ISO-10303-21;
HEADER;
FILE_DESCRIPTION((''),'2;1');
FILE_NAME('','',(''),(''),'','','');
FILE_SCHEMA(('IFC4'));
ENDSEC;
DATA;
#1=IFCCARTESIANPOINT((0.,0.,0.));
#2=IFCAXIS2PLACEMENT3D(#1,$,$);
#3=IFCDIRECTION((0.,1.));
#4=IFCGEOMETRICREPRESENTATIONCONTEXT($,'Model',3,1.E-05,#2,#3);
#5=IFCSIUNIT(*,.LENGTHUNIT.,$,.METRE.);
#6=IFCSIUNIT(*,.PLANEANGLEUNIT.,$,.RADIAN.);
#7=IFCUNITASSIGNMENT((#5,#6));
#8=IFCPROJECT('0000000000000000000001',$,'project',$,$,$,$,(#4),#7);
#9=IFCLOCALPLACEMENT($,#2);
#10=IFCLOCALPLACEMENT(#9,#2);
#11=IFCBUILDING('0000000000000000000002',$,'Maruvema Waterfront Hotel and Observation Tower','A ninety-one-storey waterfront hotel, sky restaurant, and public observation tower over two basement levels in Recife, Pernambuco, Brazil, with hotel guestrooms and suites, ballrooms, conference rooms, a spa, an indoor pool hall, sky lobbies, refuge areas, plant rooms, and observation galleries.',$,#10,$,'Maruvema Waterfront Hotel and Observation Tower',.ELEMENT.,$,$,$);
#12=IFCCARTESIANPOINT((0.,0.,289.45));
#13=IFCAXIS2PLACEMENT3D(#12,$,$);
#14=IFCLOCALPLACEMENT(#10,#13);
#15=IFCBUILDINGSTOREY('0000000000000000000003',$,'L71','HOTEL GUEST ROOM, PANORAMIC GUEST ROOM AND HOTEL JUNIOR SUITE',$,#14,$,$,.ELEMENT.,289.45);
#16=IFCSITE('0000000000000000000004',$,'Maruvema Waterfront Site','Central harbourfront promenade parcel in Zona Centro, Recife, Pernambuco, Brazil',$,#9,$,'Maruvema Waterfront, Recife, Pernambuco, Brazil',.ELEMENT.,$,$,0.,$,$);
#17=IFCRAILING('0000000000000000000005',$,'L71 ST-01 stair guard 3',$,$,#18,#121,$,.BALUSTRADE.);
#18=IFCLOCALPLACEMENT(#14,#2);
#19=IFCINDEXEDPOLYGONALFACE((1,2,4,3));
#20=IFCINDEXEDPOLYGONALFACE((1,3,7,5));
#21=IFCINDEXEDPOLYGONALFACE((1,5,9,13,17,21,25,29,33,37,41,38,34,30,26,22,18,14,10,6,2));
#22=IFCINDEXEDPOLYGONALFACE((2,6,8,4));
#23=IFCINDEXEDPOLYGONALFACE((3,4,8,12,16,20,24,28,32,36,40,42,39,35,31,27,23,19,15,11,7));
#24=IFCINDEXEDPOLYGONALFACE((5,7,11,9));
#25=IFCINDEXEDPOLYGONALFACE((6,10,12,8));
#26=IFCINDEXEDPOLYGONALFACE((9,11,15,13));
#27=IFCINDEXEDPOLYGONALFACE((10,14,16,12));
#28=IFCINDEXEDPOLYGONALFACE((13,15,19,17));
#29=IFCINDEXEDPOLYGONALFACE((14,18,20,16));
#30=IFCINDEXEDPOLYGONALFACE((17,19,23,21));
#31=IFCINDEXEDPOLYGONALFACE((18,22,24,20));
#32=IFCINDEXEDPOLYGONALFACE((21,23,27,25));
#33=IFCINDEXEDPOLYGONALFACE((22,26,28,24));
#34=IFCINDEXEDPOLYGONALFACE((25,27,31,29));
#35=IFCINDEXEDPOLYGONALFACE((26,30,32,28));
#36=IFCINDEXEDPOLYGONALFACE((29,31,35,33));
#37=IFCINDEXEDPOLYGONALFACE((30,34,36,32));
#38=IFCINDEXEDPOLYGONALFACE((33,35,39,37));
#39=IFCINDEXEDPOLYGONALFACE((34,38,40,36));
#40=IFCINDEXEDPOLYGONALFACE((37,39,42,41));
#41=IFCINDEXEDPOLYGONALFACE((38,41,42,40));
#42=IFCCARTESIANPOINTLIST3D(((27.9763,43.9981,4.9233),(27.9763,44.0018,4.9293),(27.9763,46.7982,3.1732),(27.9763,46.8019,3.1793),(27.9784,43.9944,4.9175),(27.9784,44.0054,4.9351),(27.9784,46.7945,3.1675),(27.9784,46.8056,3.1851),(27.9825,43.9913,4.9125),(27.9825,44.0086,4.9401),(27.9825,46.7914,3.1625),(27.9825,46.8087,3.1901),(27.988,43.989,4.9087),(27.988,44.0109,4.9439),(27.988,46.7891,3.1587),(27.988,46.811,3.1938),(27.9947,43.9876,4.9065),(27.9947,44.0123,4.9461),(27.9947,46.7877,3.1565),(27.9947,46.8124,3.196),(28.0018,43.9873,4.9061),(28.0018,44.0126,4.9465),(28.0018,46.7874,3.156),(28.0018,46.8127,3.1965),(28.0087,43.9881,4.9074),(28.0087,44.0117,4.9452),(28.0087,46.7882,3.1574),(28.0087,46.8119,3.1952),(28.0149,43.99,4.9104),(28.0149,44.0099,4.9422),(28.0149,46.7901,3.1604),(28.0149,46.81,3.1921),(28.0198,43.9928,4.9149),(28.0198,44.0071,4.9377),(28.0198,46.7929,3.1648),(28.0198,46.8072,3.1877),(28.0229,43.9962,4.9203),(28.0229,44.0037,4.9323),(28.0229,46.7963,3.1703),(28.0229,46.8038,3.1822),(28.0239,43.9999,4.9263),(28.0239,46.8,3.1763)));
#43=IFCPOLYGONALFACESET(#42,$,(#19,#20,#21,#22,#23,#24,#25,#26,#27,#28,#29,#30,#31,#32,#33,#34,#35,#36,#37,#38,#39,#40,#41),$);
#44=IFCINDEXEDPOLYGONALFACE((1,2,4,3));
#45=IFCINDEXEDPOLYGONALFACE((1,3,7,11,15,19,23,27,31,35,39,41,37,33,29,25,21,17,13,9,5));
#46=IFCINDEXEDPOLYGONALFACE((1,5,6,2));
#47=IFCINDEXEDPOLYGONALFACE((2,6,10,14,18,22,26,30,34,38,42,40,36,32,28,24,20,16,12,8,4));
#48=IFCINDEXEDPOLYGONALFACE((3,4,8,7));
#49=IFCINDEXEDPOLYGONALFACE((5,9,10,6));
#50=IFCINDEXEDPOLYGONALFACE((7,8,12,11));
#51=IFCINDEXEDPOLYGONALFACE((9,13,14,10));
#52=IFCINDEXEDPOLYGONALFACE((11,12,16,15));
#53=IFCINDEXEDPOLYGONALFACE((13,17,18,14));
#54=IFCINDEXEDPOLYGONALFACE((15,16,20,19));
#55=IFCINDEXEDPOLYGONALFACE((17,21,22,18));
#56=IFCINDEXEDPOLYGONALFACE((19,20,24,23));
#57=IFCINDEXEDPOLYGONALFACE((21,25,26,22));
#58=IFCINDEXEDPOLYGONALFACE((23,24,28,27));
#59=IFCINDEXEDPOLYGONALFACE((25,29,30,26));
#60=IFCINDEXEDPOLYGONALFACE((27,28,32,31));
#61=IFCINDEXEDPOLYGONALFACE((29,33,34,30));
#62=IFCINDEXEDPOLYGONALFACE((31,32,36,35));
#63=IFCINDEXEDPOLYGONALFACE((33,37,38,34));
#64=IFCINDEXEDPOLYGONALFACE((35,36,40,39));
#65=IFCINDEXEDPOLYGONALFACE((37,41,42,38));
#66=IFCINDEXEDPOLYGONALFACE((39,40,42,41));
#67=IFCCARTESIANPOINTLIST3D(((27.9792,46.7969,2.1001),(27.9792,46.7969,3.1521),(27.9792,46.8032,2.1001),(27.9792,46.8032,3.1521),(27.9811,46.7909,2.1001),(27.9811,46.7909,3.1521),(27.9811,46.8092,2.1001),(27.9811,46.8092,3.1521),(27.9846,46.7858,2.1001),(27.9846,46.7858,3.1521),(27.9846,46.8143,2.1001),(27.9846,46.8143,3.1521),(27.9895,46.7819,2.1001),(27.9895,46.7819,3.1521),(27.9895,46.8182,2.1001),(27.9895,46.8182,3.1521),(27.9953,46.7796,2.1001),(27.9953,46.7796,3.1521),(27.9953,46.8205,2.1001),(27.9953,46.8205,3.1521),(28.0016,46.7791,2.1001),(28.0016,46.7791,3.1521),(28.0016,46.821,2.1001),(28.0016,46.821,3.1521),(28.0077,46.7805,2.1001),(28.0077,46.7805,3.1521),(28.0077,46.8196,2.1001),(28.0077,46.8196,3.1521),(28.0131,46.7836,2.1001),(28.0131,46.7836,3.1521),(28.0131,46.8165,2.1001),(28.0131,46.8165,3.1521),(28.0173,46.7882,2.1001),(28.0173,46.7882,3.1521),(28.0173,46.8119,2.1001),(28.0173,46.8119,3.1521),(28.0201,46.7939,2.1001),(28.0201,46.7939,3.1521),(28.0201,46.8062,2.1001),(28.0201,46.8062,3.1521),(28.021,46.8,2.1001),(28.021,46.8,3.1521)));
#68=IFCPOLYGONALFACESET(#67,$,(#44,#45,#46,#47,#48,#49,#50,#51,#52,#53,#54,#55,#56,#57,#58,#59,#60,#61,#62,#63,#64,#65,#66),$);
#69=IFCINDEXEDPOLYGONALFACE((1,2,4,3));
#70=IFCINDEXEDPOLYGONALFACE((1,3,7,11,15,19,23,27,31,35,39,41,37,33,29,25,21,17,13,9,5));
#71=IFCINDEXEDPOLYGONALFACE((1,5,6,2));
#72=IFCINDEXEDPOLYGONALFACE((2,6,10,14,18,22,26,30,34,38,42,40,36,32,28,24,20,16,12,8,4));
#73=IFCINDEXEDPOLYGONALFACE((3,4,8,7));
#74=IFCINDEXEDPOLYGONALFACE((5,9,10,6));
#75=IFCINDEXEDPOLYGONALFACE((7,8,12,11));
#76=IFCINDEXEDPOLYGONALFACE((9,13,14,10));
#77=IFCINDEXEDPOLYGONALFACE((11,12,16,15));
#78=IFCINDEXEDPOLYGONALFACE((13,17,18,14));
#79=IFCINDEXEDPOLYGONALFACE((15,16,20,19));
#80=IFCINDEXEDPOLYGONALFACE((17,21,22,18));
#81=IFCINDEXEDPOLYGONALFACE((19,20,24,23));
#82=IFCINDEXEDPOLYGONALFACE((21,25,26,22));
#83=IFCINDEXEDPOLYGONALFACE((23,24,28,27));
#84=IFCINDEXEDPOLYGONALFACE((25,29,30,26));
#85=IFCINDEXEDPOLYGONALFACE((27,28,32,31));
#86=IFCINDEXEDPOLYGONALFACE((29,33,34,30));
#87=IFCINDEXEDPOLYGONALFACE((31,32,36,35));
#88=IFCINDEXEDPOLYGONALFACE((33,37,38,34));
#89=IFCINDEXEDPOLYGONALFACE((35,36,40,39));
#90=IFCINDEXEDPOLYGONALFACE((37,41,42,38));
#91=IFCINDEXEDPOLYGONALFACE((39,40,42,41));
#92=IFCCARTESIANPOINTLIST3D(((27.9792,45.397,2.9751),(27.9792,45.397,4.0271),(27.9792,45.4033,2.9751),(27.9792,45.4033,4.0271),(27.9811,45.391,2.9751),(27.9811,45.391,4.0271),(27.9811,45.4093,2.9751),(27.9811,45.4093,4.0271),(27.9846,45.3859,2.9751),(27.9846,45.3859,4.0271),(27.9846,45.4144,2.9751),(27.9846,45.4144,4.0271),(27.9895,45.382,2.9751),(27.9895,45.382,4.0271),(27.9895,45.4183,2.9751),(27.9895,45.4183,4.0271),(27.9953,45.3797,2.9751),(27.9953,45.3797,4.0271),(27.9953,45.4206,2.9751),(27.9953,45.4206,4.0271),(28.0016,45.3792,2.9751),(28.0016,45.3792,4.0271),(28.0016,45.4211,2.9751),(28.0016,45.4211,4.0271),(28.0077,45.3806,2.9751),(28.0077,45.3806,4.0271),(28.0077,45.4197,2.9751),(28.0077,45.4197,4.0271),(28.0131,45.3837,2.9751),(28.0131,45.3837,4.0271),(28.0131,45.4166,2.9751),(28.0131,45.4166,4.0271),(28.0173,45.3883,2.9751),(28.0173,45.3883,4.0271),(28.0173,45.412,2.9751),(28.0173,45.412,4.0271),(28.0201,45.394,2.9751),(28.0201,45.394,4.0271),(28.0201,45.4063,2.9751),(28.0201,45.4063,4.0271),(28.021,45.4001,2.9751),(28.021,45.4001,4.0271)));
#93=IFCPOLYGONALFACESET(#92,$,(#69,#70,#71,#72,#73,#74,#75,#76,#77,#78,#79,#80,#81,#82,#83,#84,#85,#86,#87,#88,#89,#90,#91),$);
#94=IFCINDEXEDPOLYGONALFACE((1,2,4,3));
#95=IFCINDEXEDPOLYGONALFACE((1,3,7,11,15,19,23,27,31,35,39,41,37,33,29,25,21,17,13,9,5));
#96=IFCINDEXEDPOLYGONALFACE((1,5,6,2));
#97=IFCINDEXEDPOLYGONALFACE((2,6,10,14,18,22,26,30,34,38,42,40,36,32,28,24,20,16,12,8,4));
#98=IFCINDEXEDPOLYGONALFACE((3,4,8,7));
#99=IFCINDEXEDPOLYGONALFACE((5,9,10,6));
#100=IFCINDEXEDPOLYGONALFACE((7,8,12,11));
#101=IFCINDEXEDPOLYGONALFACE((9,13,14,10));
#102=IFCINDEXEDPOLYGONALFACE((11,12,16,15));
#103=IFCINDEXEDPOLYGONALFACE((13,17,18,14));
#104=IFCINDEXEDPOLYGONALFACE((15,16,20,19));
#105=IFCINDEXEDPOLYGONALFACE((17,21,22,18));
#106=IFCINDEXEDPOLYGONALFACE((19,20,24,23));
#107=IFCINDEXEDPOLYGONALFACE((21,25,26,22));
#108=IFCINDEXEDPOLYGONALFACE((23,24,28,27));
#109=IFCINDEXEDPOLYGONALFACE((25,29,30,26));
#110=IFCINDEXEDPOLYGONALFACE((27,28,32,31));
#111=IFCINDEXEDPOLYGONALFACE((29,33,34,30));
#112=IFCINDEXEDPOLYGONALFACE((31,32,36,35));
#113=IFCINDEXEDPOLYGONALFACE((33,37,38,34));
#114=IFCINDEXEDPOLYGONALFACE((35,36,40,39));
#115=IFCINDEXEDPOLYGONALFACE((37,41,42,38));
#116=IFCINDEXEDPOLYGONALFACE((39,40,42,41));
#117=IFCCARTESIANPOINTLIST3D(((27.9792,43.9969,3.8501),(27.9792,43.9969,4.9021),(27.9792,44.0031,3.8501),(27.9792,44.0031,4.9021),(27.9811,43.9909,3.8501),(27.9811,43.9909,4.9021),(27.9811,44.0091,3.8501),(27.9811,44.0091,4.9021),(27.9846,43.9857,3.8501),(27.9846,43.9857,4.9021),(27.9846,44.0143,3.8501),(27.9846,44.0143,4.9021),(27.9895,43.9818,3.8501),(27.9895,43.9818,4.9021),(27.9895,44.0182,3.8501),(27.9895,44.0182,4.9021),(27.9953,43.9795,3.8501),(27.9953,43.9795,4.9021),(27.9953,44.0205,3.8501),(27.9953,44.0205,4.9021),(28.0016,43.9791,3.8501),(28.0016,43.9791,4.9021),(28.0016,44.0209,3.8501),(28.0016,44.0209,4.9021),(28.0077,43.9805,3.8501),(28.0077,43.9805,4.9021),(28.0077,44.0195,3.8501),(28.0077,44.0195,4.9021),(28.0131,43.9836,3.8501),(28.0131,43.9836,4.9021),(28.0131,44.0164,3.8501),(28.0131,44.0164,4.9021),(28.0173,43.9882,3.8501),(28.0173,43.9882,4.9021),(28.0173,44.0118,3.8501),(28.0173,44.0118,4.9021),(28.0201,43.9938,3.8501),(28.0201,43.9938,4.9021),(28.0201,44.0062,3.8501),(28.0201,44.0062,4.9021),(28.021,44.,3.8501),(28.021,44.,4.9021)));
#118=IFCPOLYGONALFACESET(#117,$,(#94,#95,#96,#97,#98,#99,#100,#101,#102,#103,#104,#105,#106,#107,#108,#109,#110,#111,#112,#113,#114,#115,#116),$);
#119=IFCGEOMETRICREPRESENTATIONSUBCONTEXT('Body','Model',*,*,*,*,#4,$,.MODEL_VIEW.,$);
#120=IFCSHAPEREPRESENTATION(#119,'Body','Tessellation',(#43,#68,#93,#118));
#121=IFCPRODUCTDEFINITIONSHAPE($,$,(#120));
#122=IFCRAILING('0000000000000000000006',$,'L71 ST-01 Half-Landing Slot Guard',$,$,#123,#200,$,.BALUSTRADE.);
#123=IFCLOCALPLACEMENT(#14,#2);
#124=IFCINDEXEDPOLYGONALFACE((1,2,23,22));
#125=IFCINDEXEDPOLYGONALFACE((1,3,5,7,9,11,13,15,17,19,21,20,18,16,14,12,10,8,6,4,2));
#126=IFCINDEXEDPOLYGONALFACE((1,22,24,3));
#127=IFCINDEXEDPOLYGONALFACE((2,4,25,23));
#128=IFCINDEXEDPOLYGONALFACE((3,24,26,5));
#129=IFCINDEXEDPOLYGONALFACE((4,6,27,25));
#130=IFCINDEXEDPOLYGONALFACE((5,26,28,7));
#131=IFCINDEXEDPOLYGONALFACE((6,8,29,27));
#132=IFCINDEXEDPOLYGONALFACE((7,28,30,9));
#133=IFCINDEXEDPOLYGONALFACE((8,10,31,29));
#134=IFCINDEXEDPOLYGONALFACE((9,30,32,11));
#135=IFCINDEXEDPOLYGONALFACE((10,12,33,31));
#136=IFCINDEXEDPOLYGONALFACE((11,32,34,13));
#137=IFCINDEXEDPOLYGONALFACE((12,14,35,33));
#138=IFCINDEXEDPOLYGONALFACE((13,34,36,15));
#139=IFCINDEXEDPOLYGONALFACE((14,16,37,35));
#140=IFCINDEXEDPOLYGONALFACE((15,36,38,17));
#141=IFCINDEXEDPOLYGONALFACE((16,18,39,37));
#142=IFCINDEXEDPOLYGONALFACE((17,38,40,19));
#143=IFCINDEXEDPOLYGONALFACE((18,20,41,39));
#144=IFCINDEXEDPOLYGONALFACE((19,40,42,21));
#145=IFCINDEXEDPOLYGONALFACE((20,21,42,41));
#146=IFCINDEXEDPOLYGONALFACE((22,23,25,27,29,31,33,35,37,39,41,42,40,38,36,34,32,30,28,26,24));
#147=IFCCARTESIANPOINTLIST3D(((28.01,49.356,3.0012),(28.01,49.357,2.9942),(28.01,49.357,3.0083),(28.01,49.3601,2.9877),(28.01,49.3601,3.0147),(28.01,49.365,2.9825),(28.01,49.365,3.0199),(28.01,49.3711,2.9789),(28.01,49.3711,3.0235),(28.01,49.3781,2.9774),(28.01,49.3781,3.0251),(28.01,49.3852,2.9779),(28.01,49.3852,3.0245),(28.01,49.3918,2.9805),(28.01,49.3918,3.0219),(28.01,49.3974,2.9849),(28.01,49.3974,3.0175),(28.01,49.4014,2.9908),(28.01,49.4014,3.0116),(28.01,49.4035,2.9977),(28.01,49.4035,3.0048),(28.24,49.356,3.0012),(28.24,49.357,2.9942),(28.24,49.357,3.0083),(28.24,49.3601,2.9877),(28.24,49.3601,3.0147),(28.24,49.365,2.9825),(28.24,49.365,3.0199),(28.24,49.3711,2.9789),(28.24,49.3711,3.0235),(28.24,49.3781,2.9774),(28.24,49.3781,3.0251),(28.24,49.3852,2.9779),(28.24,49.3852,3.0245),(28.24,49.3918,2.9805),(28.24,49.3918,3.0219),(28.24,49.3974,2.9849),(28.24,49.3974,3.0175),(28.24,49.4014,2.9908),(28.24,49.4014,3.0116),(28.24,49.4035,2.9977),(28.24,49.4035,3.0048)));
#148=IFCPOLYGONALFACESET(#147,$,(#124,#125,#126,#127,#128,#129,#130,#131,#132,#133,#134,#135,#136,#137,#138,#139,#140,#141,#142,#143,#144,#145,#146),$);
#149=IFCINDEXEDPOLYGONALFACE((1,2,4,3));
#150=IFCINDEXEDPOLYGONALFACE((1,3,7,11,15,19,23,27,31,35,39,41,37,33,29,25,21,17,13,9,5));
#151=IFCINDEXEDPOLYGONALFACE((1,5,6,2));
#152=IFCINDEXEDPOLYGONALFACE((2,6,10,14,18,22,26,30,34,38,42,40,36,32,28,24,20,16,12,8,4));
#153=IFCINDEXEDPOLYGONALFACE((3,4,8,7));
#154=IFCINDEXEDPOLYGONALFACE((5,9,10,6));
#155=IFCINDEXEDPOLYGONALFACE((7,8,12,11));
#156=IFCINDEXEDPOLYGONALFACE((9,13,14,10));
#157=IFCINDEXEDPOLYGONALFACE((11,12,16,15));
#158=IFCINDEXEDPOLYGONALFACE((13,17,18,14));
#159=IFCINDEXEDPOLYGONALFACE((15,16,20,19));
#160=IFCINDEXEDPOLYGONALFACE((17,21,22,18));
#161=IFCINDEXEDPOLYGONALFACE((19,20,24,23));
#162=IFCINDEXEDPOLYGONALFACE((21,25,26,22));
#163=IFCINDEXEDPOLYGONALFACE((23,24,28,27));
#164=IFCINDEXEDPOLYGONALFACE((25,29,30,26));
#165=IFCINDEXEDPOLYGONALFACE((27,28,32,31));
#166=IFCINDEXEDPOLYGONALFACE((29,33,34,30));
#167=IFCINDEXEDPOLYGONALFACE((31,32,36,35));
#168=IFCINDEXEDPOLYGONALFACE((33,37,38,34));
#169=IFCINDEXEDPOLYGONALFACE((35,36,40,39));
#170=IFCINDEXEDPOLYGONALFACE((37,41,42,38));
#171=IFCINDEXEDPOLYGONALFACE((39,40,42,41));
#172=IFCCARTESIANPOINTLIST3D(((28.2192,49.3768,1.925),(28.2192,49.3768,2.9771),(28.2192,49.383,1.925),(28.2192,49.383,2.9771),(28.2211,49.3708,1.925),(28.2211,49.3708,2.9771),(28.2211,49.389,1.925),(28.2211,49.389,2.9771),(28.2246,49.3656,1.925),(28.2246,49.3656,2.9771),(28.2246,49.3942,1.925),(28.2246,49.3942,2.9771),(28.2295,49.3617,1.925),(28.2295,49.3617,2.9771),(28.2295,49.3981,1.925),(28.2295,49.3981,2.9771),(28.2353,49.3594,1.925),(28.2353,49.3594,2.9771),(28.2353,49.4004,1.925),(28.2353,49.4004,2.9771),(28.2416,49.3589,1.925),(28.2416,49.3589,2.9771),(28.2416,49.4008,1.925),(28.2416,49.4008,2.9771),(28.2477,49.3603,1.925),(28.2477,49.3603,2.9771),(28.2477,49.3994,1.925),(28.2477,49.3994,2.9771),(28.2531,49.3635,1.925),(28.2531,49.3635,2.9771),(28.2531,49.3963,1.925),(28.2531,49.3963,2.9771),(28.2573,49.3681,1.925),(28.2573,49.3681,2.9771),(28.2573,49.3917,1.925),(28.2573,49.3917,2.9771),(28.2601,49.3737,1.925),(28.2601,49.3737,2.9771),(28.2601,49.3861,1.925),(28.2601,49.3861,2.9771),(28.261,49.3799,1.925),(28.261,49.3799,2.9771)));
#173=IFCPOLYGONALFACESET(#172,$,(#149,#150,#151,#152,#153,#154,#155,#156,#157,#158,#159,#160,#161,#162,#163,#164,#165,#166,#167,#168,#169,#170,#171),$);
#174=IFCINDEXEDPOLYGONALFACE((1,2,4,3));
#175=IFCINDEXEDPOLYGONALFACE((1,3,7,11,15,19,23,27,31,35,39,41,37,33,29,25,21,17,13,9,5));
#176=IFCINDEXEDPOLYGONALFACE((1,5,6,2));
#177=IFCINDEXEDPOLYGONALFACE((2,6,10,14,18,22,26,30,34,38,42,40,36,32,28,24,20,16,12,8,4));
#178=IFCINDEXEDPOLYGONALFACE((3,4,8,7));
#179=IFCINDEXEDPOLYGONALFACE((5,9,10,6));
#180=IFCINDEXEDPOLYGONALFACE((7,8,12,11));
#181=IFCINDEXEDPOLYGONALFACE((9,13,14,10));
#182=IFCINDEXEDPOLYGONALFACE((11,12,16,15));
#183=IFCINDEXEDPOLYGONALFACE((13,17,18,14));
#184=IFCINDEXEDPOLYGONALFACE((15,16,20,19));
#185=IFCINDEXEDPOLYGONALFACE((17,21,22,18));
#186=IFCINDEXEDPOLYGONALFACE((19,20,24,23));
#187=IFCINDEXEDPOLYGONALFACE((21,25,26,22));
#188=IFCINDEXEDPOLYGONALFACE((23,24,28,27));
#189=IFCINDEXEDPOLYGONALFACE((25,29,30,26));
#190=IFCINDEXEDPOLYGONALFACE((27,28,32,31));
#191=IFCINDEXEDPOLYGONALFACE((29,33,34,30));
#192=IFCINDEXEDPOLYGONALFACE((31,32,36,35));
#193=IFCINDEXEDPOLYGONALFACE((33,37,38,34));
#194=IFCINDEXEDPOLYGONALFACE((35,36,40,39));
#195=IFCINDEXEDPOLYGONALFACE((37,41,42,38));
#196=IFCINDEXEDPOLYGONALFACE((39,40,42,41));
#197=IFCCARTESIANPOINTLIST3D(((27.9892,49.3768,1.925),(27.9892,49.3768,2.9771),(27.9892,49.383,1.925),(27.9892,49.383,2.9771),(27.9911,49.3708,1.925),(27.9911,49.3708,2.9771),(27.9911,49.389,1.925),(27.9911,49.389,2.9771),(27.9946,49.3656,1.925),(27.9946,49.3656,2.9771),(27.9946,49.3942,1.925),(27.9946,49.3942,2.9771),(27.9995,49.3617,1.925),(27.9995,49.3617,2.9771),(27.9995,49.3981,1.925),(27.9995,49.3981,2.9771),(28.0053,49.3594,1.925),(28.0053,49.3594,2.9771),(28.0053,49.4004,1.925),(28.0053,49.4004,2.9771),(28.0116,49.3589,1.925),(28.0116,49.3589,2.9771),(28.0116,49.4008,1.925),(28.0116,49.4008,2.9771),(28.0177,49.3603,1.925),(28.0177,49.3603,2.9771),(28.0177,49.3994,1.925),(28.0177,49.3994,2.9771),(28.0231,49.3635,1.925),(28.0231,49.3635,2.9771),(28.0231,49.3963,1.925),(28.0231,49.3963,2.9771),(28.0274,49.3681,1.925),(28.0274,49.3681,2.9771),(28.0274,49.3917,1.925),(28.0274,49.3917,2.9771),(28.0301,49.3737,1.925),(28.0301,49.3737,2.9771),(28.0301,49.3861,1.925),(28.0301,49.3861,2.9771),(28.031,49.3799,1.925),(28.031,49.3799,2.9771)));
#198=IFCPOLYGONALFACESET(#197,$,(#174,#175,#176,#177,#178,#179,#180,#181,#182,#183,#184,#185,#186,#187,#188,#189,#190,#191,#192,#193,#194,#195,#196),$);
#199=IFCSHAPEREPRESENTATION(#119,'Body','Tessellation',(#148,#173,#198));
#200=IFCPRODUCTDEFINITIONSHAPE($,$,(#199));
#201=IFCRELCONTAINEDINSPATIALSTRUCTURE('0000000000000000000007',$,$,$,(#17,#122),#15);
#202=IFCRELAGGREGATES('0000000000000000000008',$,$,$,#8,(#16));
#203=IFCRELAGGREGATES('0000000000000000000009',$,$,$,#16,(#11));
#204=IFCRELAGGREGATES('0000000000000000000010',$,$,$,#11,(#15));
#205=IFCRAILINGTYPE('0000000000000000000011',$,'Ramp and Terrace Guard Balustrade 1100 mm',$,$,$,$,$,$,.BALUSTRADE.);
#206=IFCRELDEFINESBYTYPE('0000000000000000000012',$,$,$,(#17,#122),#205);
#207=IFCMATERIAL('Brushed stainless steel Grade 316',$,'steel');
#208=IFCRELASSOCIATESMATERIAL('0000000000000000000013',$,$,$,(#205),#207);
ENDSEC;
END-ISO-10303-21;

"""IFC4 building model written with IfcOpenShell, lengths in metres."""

from ifc_helpers import new_model, si_unit, direction, frame, origin, origin_2d, place, context, subcontext, project, spatial, circle, extrude, material, type_object, element, save


model = new_model("IFC4")

# Units and contexts
model_context = context("Model", 3, precision=1e-05, world=origin(), true_north=direction((0.0, 1.0)))
body_context = subcontext(model_context, "Body", "Model", "MODEL_VIEW")
ifc_project = project(units=[si_unit("LENGTHUNIT", "METRE"), si_unit("PLANEANGLEUNIT", "RADIAN")], contexts=[model_context])

# Site, building, storey
site_placement = place(None, origin())
site = spatial("IfcSite", under=ifc_project, at=site_placement, Name="Maruvema Waterfront Site", Description="Central harbourfront promenade parcel in Zona Centro, Recife, Pernambuco, Brazil", LongName="Maruvema Waterfront, Recife, Pernambuco, Brazil", CompositionType="ELEMENT", RefElevation=0.0)
building_placement = place(site_placement, origin())
building = spatial("IfcBuilding", under=site, at=building_placement, Name="Maruvema Waterfront Hotel and Observation Tower", Description="A ninety-one-storey waterfront hotel, sky restaurant, and public observation tower over two basement levels in Recife, Pernambuco, Brazil, with hotel guestrooms and suites, ballrooms, conference rooms, a spa, an indoor pool hall, sky lobbies, refuge areas, plant rooms, and observation galleries.", LongName="Maruvema Waterfront Hotel and Observation Tower", CompositionType="ELEMENT")
storey_placement = place(building_placement, frame((0.0, 0.0, 289.45)))
storey = spatial("IfcBuildingStorey", under=building, at=storey_placement, Name="L71", Description="HOTEL GUEST ROOM, PANORAMIC GUEST ROOM AND HOTEL JUNIOR SUITE", CompositionType="ELEMENT", Elevation=289.45)

# Railings
ifc_material_1 = material(Name="Brushed stainless steel Grade 316", Category="steel")
railing_type_1 = type_object("IfcRailingType", Name="Ramp and Terrace Guard Balustrade 1100 mm", PredefinedType="BALUSTRADE", material=ifc_material_1)
railing_1_placement = place(storey_placement, frame((28.0, 46.8, 2.1001)))
element("IfcRailing", 1, at=railing_1_placement, inside=storey, type_object=railing_type_1, Name="L71 ST-01 stair guard 3", PredefinedType="BALUSTRADE", context=body_context, shape_type="SweptSolid", body=[
    extrude(circle(Radius=0.0239, at=origin_2d()), frame((0.0, 0.0, 1.0762), z_axis=(0.0, -0.848002, 0.529992), x_axis=(1.0, 0.0, 0.0)), (0.0, 0.0, 1.0), 3.302),
    extrude(circle(Radius=0.021, at=origin_2d()), origin(), (0.0, 0.0, 1.0), 1.052),
    extrude(circle(Radius=0.021, at=origin_2d()), frame((0.0, -1.3999, 0.875)), (0.0, 0.0, 1.0), 1.052),
    extrude(circle(Radius=0.021, at=origin_2d()), frame((0.0, -2.8, 1.75)), (0.0, 0.0, 1.0), 1.052),
])
railing_2_placement = place(storey_placement, frame((28.24, 49.3799, 1.925)))
element("IfcRailing", 2, at=railing_2_placement, inside=storey, type_object=railing_type_1, Name="L71 ST-01 Half-Landing Slot Guard", PredefinedType="BALUSTRADE", context=body_context, shape_type="SweptSolid", body=[
    extrude(circle(Radius=0.0239, at=origin_2d()), frame((0.0, 0.0, 1.0762), z_axis=(-1.0, 0.0, 0.0), x_axis=(0.0, -1.0, 0.0)), (0.0, 0.0, 1.0), 0.23),
    extrude(circle(Radius=0.021, at=origin_2d()), origin(), (0.0, 0.0, 1.0), 1.052),
    extrude(circle(Radius=0.021, at=origin_2d()), frame((-0.23, 0.0, 0.0)), (0.0, 0.0, 1.0), 1.052),
])

save(model, "model.ifc")
